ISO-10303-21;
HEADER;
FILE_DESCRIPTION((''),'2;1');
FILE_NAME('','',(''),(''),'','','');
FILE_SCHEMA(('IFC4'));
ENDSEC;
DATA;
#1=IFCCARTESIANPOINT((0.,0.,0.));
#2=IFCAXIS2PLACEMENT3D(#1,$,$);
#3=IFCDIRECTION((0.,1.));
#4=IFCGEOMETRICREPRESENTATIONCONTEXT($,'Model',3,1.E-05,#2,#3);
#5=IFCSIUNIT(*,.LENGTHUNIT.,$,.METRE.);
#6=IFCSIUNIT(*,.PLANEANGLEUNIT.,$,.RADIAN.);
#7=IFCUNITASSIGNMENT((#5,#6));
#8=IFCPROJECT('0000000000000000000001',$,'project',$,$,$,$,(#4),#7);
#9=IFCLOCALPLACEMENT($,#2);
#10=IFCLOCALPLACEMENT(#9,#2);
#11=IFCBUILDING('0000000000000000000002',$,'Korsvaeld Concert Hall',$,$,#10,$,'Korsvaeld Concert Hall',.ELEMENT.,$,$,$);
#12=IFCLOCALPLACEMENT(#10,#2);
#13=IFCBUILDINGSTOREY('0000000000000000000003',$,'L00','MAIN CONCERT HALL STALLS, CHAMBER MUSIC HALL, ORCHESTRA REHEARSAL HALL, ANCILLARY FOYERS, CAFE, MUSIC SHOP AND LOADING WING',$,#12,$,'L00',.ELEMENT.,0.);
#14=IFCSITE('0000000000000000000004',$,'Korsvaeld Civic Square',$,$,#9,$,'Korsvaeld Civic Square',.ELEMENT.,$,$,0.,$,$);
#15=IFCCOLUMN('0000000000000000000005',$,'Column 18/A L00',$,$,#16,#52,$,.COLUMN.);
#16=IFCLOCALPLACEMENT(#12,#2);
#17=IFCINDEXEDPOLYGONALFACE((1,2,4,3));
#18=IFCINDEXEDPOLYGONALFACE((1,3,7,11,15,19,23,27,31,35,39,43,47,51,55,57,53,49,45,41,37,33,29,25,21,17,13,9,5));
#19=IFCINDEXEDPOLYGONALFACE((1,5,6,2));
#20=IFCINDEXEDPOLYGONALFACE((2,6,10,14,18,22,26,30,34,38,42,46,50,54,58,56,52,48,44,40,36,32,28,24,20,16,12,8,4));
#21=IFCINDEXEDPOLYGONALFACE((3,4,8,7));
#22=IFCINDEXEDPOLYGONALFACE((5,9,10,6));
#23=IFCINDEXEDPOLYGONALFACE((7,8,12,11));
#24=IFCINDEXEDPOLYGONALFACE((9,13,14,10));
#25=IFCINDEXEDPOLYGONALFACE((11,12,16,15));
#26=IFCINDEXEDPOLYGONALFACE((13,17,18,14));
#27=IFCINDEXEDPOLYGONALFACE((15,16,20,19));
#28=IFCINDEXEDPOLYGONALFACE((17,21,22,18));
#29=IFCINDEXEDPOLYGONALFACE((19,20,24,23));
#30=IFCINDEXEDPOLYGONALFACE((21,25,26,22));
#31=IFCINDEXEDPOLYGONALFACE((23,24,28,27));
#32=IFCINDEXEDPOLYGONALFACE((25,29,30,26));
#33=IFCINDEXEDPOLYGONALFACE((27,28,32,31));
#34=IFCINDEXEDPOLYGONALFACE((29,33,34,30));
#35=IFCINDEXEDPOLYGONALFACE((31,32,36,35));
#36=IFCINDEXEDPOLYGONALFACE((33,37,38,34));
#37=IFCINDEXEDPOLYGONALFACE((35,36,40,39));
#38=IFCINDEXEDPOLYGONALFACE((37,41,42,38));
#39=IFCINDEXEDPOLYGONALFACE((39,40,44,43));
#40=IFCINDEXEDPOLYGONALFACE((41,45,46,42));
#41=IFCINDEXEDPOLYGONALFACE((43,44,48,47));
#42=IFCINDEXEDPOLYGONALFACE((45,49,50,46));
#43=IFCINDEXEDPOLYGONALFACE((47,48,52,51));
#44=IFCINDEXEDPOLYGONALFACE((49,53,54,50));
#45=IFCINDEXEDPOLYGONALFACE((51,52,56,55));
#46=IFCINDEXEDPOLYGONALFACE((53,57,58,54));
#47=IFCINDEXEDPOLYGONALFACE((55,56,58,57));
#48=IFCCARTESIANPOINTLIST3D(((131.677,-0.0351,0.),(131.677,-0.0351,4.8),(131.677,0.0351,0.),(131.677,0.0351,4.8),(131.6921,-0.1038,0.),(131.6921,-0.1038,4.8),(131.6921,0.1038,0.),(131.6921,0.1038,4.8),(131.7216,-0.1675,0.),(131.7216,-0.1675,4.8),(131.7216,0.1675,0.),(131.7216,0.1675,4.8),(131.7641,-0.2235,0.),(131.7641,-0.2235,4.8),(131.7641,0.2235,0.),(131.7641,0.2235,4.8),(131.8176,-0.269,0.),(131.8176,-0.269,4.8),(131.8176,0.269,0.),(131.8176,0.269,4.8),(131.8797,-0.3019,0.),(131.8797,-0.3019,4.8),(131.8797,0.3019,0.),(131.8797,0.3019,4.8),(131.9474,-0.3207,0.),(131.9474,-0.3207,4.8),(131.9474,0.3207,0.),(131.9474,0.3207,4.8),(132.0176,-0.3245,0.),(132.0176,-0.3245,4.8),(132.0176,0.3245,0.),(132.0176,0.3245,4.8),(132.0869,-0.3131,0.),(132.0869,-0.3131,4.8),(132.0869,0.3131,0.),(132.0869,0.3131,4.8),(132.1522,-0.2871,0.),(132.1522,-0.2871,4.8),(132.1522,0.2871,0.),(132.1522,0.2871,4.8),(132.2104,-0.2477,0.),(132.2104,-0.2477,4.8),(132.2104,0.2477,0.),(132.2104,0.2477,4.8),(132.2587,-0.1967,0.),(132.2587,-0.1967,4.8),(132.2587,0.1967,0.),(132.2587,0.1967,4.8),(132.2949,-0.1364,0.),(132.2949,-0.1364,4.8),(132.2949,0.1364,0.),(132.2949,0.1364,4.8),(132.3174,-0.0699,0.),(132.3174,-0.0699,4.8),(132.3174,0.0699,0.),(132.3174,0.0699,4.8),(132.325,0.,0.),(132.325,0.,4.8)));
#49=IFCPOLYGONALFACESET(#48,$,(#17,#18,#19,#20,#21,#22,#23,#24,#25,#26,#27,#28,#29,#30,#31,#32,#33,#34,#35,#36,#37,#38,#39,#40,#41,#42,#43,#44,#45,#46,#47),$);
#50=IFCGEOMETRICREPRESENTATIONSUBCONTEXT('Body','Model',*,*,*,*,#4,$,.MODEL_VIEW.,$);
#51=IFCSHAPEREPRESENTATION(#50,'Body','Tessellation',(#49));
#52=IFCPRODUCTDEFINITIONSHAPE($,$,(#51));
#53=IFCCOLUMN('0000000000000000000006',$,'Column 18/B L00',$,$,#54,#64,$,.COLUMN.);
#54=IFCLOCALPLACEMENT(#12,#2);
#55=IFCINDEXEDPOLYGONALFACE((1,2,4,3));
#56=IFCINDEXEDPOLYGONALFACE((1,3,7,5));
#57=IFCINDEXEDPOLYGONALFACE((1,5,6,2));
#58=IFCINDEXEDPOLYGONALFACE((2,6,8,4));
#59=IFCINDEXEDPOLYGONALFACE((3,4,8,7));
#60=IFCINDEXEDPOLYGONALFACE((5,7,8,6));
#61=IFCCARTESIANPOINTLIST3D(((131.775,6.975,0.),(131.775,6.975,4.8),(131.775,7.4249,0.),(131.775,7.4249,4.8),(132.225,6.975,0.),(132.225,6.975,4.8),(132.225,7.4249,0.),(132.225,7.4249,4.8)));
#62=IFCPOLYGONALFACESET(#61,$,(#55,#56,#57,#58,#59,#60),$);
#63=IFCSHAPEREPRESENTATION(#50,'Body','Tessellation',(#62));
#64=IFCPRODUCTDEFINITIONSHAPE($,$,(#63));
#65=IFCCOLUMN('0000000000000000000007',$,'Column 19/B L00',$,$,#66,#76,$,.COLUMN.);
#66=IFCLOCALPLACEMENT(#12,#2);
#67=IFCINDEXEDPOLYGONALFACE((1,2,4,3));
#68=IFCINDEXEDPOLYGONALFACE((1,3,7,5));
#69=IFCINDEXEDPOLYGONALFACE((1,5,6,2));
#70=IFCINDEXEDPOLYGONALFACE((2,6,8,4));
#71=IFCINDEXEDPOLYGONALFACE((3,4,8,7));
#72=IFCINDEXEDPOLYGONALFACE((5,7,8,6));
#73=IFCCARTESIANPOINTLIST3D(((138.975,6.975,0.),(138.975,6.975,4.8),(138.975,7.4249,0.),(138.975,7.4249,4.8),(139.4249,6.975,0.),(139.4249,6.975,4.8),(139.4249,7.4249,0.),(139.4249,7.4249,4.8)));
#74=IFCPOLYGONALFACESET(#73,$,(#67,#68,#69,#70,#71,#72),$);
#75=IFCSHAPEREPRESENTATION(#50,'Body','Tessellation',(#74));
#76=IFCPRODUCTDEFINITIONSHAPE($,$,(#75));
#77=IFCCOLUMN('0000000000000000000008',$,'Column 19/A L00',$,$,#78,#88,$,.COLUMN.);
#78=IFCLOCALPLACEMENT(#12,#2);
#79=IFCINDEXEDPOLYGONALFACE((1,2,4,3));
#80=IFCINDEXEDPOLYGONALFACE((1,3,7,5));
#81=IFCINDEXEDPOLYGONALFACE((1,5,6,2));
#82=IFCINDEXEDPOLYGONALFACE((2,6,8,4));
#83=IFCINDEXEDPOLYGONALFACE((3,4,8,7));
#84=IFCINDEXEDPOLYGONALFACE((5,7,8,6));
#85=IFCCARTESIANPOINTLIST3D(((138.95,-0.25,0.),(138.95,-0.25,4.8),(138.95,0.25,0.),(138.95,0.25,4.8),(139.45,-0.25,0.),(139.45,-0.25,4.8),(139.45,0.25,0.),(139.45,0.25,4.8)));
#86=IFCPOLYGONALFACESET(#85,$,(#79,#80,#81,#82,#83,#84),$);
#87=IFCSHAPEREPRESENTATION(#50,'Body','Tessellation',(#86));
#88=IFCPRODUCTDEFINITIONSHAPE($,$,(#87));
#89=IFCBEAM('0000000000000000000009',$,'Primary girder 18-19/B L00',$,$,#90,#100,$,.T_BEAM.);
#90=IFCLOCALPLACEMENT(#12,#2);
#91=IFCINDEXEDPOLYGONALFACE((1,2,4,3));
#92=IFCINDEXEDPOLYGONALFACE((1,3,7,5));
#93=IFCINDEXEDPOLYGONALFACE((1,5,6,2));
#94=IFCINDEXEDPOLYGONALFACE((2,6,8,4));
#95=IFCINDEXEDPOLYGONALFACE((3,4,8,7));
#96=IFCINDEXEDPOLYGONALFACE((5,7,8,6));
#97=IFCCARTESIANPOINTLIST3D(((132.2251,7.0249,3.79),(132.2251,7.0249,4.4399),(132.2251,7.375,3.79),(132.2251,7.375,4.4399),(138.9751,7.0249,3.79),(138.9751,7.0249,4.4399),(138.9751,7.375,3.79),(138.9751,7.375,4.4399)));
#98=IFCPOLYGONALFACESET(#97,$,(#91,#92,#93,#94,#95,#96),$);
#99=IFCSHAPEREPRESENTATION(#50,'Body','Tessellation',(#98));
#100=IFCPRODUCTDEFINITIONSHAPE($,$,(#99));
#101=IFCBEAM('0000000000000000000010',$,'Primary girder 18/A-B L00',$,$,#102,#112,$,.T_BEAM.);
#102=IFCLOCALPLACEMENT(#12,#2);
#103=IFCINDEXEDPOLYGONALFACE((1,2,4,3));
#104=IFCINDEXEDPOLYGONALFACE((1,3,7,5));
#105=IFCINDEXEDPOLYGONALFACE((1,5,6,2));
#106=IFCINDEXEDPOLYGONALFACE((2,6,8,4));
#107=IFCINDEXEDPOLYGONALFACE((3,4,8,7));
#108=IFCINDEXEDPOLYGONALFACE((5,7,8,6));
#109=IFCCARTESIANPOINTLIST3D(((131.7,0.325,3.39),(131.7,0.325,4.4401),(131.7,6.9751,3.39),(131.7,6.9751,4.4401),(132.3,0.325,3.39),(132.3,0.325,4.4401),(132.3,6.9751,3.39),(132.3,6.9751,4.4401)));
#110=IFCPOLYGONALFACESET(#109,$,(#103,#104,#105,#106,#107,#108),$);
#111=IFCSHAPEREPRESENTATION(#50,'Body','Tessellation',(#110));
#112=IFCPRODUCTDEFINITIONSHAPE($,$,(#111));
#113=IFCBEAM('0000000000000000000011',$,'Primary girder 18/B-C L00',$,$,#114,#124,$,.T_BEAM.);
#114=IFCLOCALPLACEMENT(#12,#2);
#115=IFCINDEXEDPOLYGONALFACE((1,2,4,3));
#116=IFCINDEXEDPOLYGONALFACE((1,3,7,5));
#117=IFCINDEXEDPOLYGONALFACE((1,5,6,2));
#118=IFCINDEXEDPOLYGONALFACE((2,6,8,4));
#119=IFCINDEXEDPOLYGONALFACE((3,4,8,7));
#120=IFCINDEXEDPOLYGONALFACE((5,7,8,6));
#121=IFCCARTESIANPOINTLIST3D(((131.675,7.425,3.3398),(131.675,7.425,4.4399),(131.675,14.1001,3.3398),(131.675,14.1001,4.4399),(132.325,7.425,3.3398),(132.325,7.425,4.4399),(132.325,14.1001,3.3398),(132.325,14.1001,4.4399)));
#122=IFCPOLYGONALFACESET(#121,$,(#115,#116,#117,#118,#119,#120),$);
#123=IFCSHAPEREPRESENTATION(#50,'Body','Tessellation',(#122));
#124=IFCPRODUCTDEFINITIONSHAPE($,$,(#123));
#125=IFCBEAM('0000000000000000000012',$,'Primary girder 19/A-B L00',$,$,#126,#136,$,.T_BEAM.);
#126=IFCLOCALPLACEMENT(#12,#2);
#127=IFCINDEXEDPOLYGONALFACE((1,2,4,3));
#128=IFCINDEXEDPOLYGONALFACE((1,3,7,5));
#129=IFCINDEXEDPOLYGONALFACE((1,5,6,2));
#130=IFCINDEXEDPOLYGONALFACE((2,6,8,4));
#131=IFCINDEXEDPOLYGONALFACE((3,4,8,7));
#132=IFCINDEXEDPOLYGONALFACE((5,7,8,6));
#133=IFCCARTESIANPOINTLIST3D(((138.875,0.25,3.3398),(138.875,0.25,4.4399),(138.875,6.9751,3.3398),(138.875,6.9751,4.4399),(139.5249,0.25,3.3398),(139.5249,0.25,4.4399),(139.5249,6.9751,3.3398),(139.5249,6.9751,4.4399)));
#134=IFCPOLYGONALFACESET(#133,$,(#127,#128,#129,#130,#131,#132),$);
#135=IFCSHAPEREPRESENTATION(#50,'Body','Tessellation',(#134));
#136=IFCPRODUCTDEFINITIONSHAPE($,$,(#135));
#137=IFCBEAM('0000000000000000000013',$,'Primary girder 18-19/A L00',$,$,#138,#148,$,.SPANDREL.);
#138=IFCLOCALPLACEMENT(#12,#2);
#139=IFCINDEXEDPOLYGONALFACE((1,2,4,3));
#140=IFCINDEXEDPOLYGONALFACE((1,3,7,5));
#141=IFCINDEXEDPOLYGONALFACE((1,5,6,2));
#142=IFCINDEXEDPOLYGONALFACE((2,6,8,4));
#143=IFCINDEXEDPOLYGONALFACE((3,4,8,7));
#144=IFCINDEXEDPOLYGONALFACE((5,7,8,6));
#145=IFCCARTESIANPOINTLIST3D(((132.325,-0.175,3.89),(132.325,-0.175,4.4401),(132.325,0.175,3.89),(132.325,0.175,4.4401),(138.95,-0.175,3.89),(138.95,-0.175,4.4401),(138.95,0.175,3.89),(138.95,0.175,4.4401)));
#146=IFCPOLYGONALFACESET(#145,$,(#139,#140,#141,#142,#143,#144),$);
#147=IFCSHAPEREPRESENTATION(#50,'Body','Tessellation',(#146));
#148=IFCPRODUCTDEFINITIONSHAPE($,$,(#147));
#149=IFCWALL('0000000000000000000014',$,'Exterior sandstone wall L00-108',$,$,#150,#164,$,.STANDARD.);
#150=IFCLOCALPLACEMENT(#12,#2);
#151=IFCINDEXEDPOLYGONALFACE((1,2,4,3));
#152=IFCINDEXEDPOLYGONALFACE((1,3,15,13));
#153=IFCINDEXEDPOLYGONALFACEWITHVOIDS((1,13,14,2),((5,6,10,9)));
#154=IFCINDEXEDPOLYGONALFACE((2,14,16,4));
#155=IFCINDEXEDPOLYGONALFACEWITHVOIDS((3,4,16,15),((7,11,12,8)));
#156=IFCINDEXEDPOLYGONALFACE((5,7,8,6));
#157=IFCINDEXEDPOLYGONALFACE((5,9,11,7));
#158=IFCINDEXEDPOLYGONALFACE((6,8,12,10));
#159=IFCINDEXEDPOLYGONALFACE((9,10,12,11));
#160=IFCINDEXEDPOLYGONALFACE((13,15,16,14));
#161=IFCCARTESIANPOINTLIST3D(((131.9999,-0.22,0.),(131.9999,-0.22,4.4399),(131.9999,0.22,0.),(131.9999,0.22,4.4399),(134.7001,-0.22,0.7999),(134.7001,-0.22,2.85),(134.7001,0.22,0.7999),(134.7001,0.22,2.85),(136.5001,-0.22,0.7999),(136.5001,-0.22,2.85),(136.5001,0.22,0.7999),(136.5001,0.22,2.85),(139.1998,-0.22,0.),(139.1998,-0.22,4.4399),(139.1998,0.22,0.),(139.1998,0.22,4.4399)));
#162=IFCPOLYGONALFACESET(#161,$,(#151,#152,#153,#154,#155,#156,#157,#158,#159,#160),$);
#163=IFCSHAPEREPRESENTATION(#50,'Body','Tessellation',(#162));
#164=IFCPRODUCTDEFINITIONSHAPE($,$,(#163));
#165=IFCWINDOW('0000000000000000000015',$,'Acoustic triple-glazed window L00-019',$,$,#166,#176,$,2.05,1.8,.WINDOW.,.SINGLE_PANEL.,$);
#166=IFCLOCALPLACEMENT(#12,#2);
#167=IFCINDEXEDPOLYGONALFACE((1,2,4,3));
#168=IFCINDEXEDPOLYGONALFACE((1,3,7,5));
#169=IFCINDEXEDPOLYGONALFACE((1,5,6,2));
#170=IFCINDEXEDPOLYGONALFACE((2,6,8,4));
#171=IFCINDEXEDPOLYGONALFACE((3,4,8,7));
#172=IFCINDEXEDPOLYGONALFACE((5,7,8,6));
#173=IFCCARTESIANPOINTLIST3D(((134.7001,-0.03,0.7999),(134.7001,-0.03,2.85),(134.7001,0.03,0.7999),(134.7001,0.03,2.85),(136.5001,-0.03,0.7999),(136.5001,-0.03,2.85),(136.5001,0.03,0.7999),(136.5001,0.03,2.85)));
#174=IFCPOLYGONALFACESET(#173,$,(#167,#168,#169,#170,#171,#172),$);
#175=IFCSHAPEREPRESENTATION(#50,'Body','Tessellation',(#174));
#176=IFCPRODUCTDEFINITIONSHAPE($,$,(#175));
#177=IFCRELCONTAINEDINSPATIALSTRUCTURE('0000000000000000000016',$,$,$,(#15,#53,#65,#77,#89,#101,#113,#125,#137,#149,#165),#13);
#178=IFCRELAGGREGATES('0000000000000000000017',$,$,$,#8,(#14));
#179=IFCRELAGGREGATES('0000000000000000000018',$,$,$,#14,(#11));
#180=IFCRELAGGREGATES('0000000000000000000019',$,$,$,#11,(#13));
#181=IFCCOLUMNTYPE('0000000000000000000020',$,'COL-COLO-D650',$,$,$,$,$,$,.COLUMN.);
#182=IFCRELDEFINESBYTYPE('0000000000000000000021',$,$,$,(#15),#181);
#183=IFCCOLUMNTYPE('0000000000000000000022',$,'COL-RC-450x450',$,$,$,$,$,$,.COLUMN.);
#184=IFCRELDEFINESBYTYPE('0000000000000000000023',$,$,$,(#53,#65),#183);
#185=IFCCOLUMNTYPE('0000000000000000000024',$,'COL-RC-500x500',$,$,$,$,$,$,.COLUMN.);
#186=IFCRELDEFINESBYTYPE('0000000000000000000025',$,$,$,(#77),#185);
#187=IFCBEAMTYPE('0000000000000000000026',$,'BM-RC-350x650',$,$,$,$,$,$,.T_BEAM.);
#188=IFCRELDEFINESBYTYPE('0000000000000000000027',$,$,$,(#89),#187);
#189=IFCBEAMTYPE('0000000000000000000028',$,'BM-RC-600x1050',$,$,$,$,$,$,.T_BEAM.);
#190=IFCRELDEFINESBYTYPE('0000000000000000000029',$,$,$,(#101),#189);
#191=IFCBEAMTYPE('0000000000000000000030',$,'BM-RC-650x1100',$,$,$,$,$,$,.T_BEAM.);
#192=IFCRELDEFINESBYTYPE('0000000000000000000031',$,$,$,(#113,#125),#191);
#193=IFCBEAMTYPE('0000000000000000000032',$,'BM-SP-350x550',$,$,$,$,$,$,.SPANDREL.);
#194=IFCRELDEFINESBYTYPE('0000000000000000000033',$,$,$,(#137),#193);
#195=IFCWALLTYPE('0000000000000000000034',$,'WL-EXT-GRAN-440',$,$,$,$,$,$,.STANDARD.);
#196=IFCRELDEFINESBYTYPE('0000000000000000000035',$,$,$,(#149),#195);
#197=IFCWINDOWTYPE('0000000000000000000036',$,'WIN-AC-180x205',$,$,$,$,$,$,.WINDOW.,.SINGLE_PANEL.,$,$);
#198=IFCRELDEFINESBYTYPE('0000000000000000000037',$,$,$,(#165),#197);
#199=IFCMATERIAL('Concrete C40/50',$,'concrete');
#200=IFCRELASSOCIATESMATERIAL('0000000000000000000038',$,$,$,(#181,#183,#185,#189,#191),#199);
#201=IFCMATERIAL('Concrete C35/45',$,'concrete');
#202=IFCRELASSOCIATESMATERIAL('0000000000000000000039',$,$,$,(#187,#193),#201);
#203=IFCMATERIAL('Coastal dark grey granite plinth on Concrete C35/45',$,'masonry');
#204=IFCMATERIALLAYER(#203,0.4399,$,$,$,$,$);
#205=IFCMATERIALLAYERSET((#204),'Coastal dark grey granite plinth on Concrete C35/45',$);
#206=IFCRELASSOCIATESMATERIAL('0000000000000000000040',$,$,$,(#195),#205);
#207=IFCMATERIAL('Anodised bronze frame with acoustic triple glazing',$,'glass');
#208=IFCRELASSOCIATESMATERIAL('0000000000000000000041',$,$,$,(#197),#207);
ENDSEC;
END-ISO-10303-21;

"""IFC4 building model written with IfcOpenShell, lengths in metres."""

from ifc_helpers import new_model, si_unit, direction, frame, frame_2d, origin, origin_2d, place, context, subcontext, project, spatial, rectangle, circle, extrude, material, layer, layer_set, material_profile, profile_set, type_object, element, fill, save


model = new_model("IFC4")

# Units and contexts
model_context = context("Model", 3, precision=1e-05, world=origin(), true_north=direction((0.0, 1.0)))
body_context = subcontext(model_context, "Body", "Model", "MODEL_VIEW")
ifc_project = project(units=[si_unit("LENGTHUNIT", "METRE"), si_unit("PLANEANGLEUNIT", "RADIAN")], contexts=[model_context])

# Site, building, storey
site_placement = place(None, origin())
site = spatial("IfcSite", under=ifc_project, at=site_placement, Name="Korsvaeld Civic Square", LongName="Korsvaeld Civic Square", CompositionType="ELEMENT", RefElevation=0.0)
building_placement = place(site_placement, origin())
building = spatial("IfcBuilding", under=site, at=building_placement, Name="Korsvaeld Concert Hall", LongName="Korsvaeld Concert Hall", CompositionType="ELEMENT")
storey_placement = place(building_placement, origin())
storey = spatial("IfcBuildingStorey", under=building, at=storey_placement, Name="L00", Description="MAIN CONCERT HALL STALLS, CHAMBER MUSIC HALL, ORCHESTRA REHEARSAL HALL, ANCILLARY FOYERS, CAFE, MUSIC SHOP AND LOADING WING", LongName="L00", CompositionType="ELEMENT", Elevation=0.0)

# Columns
ifc_material_1 = material(Name="Concrete C40/50", Category="concrete")
ifc_material_profile_1 = material_profile(ifc_material_1, circle(Radius=0.325, at=origin_2d()), Name="RC D650")
ifc_profile_set_1 = profile_set([ifc_material_profile_1], Name="Concrete C40/50")
column_type_1 = type_object("IfcColumnType", Name="COL-COLO-D650", PredefinedType="COLUMN", material=ifc_profile_set_1)
column_1_placement = place(storey_placement, frame((132.0, 0.0, 0.0), z_axis=(0.0, 0.0, 1.0), x_axis=(1.0, 0.0, 0.0)))
element("IfcColumn", 1, at=column_1_placement, inside=storey, type_object=column_type_1, Name="Column 18/A L00", PredefinedType="COLUMN", context=body_context, shape_type="SweptSolid", body=[
    extrude(circle(Radius=0.325, at=origin_2d()), origin(), (0.0, 0.0, 1.0), 4.8),
])
ifc_material_profile_2 = material_profile(ifc_material_1, rectangle(XDim=0.45, YDim=0.45, at=origin_2d()), Name="RC 450x450")
ifc_profile_set_2 = profile_set([ifc_material_profile_2], Name="Concrete C40/50")
column_type_2 = type_object("IfcColumnType", Name="COL-RC-450x450", PredefinedType="COLUMN", material=ifc_profile_set_2)
for number, where, z_axis, x_axis, name in (
    (2, (132.0, 7.2, 0.0), (0.0, 0.0, 1.0), (1.0, 0.0, 0.0), "Column 18/B L00"),
    (3, (139.2, 7.2, 0.0), (0.0, 0.0, 1.0), (1.0, 0.0, 0.0), "Column 19/B L00"),
):
    element("IfcColumn", number, at=place(storey_placement, frame(where, z_axis=z_axis, x_axis=x_axis)), inside=storey, type_object=column_type_2, Name=name, PredefinedType="COLUMN", context=body_context, shape_type="SweptSolid", body=[
        extrude(rectangle(XDim=0.45, YDim=0.45, at=origin_2d()), origin(), (0.0, 0.0, 1.0), 4.8),
    ])
ifc_material_profile_3 = material_profile(ifc_material_1, rectangle(XDim=0.5, YDim=0.5, at=origin_2d()), Name="RC 500x500")
ifc_profile_set_3 = profile_set([ifc_material_profile_3], Name="Concrete C40/50")
column_type_3 = type_object("IfcColumnType", Name="COL-RC-500x500", PredefinedType="COLUMN", material=ifc_profile_set_3)
column_2_placement = place(storey_placement, frame((139.2, 0.0, 0.0), z_axis=(0.0, 0.0, 1.0), x_axis=(1.0, 0.0, 0.0)))
element("IfcColumn", 4, at=column_2_placement, inside=storey, type_object=column_type_3, Name="Column 19/A L00", PredefinedType="COLUMN", context=body_context, shape_type="SweptSolid", body=[
    extrude(rectangle(XDim=0.5, YDim=0.5, at=origin_2d()), origin(), (0.0, 0.0, 1.0), 4.8),
])

# Beams
ifc_material_2 = material(Name="Concrete C35/45", Category="concrete")
ifc_material_profile_4 = material_profile(ifc_material_2, rectangle(XDim=0.3501, YDim=0.6499, at=origin_2d()), Name="RC 350x650")
ifc_profile_set_4 = profile_set([ifc_material_profile_4], Name="Concrete C35/45")
beam_type_1 = type_object("IfcBeamType", Name="BM-RC-350x650", PredefinedType="T_BEAM", material=ifc_profile_set_4)
beam_1_placement = place(storey_placement, frame((132.2251, 7.2, 4.115), z_axis=(1.0, 0.0, 0.0), x_axis=(0.0, 1.0, 0.0)))
element("IfcBeam", 5, at=beam_1_placement, inside=storey, type_object=beam_type_1, Name="Primary girder 18-19/B L00", PredefinedType="T_BEAM", context=body_context, shape_type="SweptSolid", body=[
    extrude(rectangle(XDim=0.3501, YDim=0.6499, at=origin_2d()), origin(), (0.0, 0.0, 1.0), 6.75),
])
ifc_material_profile_5 = material_profile(ifc_material_1, rectangle(XDim=0.6001, YDim=1.05, at=origin_2d()), Name="RC 600x1050")
ifc_profile_set_5 = profile_set([ifc_material_profile_5], Name="Concrete C40/50")
beam_type_2 = type_object("IfcBeamType", Name="BM-RC-600x1050", PredefinedType="T_BEAM", material=ifc_profile_set_5)
beam_2_placement = place(storey_placement, frame((132.0, 0.325, 3.915), z_axis=(0.0, 1.0, 0.0), x_axis=(-1.0, 0.0, 0.0)))
element("IfcBeam", 6, at=beam_2_placement, inside=storey, type_object=beam_type_2, Name="Primary girder 18/A-B L00", PredefinedType="T_BEAM", context=body_context, shape_type="SweptSolid", body=[
    extrude(rectangle(XDim=0.6001, YDim=1.05, at=origin_2d()), origin(), (0.0, 0.0, 1.0), 6.6501),
])
ifc_material_profile_6 = material_profile(ifc_material_1, rectangle(XDim=0.6499, YDim=1.1001, at=origin_2d()), Name="RC 650x1100")
ifc_profile_set_6 = profile_set([ifc_material_profile_6], Name="Concrete C40/50")
beam_type_3 = type_object("IfcBeamType", Name="BM-RC-650x1100", PredefinedType="T_BEAM", material=ifc_profile_set_6)
beam_3_placement = place(storey_placement, frame((132.0, 7.425, 3.8899), z_axis=(0.0, 1.0, 0.0), x_axis=(-1.0, 0.0, 0.0)))
element("IfcBeam", 7, at=beam_3_placement, inside=storey, type_object=beam_type_3, Name="Primary girder 18/B-C L00", PredefinedType="T_BEAM", context=body_context, shape_type="SweptSolid", body=[
    extrude(rectangle(XDim=0.6499, YDim=1.1001, at=origin_2d()), origin(), (0.0, 0.0, 1.0), 6.675),
])
beam_4_placement = place(storey_placement, frame((139.2, 0.25, 3.8899), z_axis=(0.0, 1.0, 0.0), x_axis=(-1.0, 0.0, 0.0)))
element("IfcBeam", 8, at=beam_4_placement, inside=storey, type_object=beam_type_3, Name="Primary girder 19/A-B L00", PredefinedType="T_BEAM", context=body_context, shape_type="SweptSolid", body=[
    extrude(rectangle(XDim=0.6499, YDim=1.1001, at=origin_2d()), origin(), (0.0, 0.0, 1.0), 6.7251),
])
ifc_material_profile_7 = material_profile(ifc_material_2, rectangle(XDim=0.3501, YDim=0.55, at=origin_2d()), Name="RC 350x550")
ifc_profile_set_7 = profile_set([ifc_material_profile_7], Name="Concrete C35/45")
beam_type_4 = type_object("IfcBeamType", Name="BM-SP-350x550", PredefinedType="SPANDREL", material=ifc_profile_set_7)
beam_5_placement = place(storey_placement, frame((132.325, 0.0, 4.165), z_axis=(1.0, 0.0, 0.0), x_axis=(0.0, 1.0, 0.0)))
element("IfcBeam", 9, at=beam_5_placement, inside=storey, type_object=beam_type_4, Name="Primary girder 18-19/A L00", PredefinedType="SPANDREL", context=body_context, shape_type="SweptSolid", body=[
    extrude(rectangle(XDim=0.3501, YDim=0.55, at=origin_2d()), origin(), (0.0, 0.0, 1.0), 6.625),
])

# Wall, opening, window
ifc_material_3 = material(Name="Coastal dark grey granite plinth on Concrete C35/45", Category="masonry")
ifc_layer_1 = layer(ifc_material_3, 0.4399)
ifc_layer_set_1 = layer_set([ifc_layer_1], Name="Coastal dark grey granite plinth on Concrete C35/45")
wall_type = type_object("IfcWallType", Name="WL-EXT-GRAN-440", PredefinedType="STANDARD", material=ifc_layer_set_1)
wall_1_placement = place(storey_placement, frame((139.2, 0.0, 0.0), z_axis=(0.0, 0.0, 1.0), x_axis=(-1.0, 0.0, 0.0)))
wall_1 = element("IfcWall", 10, at=wall_1_placement, inside=storey, type_object=wall_type, Name="Exterior sandstone wall L00-108", PredefinedType="STANDARD", context=body_context, shape_type="SweptSolid", body=[
    extrude(rectangle(XDim=7.2, YDim=0.4399, at=frame_2d((3.6001, 0.0))), origin(), (0.0, 0.0, 1.0), 4.4399),
])
opening_1_placement = place(wall_1_placement, frame((2.7, 0.0, 0.8)))
opening_1 = element("IfcOpeningElement", 11, at=opening_1_placement, cuts=wall_1, PredefinedType="OPENING", context=body_context, shape_type="SweptSolid", body=[
    extrude(rectangle(XDim=1.8, YDim=2.05, at=frame_2d((0.8999, 1.0249))), frame((0.0, 0.23, 0.0), z_axis=(0.0, -1.0, 0.0), x_axis=(1.0, 0.0, 0.0)), (0.0, 0.0, 1.0), 0.46),
])
ifc_material_4 = material(Name="Anodised bronze frame with acoustic triple glazing", Category="glass")
window_type_1 = type_object("IfcWindowType", Name="WIN-AC-180x205", PartitioningType="SINGLE_PANEL", PredefinedType="WINDOW", material=ifc_material_4)
window_1_placement = place(opening_1_placement, origin())
window_1 = element("IfcWindow", 12, at=window_1_placement, inside=storey, type_object=window_type_1, Name="Acoustic triple-glazed window L00-019", OverallHeight=2.05, OverallWidth=1.8, PartitioningType="SINGLE_PANEL", PredefinedType="WINDOW", context=body_context, shape_type="SweptSolid", body=[
    extrude(rectangle(XDim=1.8, YDim=2.05, at=frame_2d((0.8999, 1.0249))), frame((0.0, 0.03, 0.0), z_axis=(0.0, -1.0, 0.0), x_axis=(1.0, 0.0, 0.0)), (0.0, 0.0, 1.0), 0.0601),
])
fill(opening_1, window_1)

save(model, "model.ifc")
